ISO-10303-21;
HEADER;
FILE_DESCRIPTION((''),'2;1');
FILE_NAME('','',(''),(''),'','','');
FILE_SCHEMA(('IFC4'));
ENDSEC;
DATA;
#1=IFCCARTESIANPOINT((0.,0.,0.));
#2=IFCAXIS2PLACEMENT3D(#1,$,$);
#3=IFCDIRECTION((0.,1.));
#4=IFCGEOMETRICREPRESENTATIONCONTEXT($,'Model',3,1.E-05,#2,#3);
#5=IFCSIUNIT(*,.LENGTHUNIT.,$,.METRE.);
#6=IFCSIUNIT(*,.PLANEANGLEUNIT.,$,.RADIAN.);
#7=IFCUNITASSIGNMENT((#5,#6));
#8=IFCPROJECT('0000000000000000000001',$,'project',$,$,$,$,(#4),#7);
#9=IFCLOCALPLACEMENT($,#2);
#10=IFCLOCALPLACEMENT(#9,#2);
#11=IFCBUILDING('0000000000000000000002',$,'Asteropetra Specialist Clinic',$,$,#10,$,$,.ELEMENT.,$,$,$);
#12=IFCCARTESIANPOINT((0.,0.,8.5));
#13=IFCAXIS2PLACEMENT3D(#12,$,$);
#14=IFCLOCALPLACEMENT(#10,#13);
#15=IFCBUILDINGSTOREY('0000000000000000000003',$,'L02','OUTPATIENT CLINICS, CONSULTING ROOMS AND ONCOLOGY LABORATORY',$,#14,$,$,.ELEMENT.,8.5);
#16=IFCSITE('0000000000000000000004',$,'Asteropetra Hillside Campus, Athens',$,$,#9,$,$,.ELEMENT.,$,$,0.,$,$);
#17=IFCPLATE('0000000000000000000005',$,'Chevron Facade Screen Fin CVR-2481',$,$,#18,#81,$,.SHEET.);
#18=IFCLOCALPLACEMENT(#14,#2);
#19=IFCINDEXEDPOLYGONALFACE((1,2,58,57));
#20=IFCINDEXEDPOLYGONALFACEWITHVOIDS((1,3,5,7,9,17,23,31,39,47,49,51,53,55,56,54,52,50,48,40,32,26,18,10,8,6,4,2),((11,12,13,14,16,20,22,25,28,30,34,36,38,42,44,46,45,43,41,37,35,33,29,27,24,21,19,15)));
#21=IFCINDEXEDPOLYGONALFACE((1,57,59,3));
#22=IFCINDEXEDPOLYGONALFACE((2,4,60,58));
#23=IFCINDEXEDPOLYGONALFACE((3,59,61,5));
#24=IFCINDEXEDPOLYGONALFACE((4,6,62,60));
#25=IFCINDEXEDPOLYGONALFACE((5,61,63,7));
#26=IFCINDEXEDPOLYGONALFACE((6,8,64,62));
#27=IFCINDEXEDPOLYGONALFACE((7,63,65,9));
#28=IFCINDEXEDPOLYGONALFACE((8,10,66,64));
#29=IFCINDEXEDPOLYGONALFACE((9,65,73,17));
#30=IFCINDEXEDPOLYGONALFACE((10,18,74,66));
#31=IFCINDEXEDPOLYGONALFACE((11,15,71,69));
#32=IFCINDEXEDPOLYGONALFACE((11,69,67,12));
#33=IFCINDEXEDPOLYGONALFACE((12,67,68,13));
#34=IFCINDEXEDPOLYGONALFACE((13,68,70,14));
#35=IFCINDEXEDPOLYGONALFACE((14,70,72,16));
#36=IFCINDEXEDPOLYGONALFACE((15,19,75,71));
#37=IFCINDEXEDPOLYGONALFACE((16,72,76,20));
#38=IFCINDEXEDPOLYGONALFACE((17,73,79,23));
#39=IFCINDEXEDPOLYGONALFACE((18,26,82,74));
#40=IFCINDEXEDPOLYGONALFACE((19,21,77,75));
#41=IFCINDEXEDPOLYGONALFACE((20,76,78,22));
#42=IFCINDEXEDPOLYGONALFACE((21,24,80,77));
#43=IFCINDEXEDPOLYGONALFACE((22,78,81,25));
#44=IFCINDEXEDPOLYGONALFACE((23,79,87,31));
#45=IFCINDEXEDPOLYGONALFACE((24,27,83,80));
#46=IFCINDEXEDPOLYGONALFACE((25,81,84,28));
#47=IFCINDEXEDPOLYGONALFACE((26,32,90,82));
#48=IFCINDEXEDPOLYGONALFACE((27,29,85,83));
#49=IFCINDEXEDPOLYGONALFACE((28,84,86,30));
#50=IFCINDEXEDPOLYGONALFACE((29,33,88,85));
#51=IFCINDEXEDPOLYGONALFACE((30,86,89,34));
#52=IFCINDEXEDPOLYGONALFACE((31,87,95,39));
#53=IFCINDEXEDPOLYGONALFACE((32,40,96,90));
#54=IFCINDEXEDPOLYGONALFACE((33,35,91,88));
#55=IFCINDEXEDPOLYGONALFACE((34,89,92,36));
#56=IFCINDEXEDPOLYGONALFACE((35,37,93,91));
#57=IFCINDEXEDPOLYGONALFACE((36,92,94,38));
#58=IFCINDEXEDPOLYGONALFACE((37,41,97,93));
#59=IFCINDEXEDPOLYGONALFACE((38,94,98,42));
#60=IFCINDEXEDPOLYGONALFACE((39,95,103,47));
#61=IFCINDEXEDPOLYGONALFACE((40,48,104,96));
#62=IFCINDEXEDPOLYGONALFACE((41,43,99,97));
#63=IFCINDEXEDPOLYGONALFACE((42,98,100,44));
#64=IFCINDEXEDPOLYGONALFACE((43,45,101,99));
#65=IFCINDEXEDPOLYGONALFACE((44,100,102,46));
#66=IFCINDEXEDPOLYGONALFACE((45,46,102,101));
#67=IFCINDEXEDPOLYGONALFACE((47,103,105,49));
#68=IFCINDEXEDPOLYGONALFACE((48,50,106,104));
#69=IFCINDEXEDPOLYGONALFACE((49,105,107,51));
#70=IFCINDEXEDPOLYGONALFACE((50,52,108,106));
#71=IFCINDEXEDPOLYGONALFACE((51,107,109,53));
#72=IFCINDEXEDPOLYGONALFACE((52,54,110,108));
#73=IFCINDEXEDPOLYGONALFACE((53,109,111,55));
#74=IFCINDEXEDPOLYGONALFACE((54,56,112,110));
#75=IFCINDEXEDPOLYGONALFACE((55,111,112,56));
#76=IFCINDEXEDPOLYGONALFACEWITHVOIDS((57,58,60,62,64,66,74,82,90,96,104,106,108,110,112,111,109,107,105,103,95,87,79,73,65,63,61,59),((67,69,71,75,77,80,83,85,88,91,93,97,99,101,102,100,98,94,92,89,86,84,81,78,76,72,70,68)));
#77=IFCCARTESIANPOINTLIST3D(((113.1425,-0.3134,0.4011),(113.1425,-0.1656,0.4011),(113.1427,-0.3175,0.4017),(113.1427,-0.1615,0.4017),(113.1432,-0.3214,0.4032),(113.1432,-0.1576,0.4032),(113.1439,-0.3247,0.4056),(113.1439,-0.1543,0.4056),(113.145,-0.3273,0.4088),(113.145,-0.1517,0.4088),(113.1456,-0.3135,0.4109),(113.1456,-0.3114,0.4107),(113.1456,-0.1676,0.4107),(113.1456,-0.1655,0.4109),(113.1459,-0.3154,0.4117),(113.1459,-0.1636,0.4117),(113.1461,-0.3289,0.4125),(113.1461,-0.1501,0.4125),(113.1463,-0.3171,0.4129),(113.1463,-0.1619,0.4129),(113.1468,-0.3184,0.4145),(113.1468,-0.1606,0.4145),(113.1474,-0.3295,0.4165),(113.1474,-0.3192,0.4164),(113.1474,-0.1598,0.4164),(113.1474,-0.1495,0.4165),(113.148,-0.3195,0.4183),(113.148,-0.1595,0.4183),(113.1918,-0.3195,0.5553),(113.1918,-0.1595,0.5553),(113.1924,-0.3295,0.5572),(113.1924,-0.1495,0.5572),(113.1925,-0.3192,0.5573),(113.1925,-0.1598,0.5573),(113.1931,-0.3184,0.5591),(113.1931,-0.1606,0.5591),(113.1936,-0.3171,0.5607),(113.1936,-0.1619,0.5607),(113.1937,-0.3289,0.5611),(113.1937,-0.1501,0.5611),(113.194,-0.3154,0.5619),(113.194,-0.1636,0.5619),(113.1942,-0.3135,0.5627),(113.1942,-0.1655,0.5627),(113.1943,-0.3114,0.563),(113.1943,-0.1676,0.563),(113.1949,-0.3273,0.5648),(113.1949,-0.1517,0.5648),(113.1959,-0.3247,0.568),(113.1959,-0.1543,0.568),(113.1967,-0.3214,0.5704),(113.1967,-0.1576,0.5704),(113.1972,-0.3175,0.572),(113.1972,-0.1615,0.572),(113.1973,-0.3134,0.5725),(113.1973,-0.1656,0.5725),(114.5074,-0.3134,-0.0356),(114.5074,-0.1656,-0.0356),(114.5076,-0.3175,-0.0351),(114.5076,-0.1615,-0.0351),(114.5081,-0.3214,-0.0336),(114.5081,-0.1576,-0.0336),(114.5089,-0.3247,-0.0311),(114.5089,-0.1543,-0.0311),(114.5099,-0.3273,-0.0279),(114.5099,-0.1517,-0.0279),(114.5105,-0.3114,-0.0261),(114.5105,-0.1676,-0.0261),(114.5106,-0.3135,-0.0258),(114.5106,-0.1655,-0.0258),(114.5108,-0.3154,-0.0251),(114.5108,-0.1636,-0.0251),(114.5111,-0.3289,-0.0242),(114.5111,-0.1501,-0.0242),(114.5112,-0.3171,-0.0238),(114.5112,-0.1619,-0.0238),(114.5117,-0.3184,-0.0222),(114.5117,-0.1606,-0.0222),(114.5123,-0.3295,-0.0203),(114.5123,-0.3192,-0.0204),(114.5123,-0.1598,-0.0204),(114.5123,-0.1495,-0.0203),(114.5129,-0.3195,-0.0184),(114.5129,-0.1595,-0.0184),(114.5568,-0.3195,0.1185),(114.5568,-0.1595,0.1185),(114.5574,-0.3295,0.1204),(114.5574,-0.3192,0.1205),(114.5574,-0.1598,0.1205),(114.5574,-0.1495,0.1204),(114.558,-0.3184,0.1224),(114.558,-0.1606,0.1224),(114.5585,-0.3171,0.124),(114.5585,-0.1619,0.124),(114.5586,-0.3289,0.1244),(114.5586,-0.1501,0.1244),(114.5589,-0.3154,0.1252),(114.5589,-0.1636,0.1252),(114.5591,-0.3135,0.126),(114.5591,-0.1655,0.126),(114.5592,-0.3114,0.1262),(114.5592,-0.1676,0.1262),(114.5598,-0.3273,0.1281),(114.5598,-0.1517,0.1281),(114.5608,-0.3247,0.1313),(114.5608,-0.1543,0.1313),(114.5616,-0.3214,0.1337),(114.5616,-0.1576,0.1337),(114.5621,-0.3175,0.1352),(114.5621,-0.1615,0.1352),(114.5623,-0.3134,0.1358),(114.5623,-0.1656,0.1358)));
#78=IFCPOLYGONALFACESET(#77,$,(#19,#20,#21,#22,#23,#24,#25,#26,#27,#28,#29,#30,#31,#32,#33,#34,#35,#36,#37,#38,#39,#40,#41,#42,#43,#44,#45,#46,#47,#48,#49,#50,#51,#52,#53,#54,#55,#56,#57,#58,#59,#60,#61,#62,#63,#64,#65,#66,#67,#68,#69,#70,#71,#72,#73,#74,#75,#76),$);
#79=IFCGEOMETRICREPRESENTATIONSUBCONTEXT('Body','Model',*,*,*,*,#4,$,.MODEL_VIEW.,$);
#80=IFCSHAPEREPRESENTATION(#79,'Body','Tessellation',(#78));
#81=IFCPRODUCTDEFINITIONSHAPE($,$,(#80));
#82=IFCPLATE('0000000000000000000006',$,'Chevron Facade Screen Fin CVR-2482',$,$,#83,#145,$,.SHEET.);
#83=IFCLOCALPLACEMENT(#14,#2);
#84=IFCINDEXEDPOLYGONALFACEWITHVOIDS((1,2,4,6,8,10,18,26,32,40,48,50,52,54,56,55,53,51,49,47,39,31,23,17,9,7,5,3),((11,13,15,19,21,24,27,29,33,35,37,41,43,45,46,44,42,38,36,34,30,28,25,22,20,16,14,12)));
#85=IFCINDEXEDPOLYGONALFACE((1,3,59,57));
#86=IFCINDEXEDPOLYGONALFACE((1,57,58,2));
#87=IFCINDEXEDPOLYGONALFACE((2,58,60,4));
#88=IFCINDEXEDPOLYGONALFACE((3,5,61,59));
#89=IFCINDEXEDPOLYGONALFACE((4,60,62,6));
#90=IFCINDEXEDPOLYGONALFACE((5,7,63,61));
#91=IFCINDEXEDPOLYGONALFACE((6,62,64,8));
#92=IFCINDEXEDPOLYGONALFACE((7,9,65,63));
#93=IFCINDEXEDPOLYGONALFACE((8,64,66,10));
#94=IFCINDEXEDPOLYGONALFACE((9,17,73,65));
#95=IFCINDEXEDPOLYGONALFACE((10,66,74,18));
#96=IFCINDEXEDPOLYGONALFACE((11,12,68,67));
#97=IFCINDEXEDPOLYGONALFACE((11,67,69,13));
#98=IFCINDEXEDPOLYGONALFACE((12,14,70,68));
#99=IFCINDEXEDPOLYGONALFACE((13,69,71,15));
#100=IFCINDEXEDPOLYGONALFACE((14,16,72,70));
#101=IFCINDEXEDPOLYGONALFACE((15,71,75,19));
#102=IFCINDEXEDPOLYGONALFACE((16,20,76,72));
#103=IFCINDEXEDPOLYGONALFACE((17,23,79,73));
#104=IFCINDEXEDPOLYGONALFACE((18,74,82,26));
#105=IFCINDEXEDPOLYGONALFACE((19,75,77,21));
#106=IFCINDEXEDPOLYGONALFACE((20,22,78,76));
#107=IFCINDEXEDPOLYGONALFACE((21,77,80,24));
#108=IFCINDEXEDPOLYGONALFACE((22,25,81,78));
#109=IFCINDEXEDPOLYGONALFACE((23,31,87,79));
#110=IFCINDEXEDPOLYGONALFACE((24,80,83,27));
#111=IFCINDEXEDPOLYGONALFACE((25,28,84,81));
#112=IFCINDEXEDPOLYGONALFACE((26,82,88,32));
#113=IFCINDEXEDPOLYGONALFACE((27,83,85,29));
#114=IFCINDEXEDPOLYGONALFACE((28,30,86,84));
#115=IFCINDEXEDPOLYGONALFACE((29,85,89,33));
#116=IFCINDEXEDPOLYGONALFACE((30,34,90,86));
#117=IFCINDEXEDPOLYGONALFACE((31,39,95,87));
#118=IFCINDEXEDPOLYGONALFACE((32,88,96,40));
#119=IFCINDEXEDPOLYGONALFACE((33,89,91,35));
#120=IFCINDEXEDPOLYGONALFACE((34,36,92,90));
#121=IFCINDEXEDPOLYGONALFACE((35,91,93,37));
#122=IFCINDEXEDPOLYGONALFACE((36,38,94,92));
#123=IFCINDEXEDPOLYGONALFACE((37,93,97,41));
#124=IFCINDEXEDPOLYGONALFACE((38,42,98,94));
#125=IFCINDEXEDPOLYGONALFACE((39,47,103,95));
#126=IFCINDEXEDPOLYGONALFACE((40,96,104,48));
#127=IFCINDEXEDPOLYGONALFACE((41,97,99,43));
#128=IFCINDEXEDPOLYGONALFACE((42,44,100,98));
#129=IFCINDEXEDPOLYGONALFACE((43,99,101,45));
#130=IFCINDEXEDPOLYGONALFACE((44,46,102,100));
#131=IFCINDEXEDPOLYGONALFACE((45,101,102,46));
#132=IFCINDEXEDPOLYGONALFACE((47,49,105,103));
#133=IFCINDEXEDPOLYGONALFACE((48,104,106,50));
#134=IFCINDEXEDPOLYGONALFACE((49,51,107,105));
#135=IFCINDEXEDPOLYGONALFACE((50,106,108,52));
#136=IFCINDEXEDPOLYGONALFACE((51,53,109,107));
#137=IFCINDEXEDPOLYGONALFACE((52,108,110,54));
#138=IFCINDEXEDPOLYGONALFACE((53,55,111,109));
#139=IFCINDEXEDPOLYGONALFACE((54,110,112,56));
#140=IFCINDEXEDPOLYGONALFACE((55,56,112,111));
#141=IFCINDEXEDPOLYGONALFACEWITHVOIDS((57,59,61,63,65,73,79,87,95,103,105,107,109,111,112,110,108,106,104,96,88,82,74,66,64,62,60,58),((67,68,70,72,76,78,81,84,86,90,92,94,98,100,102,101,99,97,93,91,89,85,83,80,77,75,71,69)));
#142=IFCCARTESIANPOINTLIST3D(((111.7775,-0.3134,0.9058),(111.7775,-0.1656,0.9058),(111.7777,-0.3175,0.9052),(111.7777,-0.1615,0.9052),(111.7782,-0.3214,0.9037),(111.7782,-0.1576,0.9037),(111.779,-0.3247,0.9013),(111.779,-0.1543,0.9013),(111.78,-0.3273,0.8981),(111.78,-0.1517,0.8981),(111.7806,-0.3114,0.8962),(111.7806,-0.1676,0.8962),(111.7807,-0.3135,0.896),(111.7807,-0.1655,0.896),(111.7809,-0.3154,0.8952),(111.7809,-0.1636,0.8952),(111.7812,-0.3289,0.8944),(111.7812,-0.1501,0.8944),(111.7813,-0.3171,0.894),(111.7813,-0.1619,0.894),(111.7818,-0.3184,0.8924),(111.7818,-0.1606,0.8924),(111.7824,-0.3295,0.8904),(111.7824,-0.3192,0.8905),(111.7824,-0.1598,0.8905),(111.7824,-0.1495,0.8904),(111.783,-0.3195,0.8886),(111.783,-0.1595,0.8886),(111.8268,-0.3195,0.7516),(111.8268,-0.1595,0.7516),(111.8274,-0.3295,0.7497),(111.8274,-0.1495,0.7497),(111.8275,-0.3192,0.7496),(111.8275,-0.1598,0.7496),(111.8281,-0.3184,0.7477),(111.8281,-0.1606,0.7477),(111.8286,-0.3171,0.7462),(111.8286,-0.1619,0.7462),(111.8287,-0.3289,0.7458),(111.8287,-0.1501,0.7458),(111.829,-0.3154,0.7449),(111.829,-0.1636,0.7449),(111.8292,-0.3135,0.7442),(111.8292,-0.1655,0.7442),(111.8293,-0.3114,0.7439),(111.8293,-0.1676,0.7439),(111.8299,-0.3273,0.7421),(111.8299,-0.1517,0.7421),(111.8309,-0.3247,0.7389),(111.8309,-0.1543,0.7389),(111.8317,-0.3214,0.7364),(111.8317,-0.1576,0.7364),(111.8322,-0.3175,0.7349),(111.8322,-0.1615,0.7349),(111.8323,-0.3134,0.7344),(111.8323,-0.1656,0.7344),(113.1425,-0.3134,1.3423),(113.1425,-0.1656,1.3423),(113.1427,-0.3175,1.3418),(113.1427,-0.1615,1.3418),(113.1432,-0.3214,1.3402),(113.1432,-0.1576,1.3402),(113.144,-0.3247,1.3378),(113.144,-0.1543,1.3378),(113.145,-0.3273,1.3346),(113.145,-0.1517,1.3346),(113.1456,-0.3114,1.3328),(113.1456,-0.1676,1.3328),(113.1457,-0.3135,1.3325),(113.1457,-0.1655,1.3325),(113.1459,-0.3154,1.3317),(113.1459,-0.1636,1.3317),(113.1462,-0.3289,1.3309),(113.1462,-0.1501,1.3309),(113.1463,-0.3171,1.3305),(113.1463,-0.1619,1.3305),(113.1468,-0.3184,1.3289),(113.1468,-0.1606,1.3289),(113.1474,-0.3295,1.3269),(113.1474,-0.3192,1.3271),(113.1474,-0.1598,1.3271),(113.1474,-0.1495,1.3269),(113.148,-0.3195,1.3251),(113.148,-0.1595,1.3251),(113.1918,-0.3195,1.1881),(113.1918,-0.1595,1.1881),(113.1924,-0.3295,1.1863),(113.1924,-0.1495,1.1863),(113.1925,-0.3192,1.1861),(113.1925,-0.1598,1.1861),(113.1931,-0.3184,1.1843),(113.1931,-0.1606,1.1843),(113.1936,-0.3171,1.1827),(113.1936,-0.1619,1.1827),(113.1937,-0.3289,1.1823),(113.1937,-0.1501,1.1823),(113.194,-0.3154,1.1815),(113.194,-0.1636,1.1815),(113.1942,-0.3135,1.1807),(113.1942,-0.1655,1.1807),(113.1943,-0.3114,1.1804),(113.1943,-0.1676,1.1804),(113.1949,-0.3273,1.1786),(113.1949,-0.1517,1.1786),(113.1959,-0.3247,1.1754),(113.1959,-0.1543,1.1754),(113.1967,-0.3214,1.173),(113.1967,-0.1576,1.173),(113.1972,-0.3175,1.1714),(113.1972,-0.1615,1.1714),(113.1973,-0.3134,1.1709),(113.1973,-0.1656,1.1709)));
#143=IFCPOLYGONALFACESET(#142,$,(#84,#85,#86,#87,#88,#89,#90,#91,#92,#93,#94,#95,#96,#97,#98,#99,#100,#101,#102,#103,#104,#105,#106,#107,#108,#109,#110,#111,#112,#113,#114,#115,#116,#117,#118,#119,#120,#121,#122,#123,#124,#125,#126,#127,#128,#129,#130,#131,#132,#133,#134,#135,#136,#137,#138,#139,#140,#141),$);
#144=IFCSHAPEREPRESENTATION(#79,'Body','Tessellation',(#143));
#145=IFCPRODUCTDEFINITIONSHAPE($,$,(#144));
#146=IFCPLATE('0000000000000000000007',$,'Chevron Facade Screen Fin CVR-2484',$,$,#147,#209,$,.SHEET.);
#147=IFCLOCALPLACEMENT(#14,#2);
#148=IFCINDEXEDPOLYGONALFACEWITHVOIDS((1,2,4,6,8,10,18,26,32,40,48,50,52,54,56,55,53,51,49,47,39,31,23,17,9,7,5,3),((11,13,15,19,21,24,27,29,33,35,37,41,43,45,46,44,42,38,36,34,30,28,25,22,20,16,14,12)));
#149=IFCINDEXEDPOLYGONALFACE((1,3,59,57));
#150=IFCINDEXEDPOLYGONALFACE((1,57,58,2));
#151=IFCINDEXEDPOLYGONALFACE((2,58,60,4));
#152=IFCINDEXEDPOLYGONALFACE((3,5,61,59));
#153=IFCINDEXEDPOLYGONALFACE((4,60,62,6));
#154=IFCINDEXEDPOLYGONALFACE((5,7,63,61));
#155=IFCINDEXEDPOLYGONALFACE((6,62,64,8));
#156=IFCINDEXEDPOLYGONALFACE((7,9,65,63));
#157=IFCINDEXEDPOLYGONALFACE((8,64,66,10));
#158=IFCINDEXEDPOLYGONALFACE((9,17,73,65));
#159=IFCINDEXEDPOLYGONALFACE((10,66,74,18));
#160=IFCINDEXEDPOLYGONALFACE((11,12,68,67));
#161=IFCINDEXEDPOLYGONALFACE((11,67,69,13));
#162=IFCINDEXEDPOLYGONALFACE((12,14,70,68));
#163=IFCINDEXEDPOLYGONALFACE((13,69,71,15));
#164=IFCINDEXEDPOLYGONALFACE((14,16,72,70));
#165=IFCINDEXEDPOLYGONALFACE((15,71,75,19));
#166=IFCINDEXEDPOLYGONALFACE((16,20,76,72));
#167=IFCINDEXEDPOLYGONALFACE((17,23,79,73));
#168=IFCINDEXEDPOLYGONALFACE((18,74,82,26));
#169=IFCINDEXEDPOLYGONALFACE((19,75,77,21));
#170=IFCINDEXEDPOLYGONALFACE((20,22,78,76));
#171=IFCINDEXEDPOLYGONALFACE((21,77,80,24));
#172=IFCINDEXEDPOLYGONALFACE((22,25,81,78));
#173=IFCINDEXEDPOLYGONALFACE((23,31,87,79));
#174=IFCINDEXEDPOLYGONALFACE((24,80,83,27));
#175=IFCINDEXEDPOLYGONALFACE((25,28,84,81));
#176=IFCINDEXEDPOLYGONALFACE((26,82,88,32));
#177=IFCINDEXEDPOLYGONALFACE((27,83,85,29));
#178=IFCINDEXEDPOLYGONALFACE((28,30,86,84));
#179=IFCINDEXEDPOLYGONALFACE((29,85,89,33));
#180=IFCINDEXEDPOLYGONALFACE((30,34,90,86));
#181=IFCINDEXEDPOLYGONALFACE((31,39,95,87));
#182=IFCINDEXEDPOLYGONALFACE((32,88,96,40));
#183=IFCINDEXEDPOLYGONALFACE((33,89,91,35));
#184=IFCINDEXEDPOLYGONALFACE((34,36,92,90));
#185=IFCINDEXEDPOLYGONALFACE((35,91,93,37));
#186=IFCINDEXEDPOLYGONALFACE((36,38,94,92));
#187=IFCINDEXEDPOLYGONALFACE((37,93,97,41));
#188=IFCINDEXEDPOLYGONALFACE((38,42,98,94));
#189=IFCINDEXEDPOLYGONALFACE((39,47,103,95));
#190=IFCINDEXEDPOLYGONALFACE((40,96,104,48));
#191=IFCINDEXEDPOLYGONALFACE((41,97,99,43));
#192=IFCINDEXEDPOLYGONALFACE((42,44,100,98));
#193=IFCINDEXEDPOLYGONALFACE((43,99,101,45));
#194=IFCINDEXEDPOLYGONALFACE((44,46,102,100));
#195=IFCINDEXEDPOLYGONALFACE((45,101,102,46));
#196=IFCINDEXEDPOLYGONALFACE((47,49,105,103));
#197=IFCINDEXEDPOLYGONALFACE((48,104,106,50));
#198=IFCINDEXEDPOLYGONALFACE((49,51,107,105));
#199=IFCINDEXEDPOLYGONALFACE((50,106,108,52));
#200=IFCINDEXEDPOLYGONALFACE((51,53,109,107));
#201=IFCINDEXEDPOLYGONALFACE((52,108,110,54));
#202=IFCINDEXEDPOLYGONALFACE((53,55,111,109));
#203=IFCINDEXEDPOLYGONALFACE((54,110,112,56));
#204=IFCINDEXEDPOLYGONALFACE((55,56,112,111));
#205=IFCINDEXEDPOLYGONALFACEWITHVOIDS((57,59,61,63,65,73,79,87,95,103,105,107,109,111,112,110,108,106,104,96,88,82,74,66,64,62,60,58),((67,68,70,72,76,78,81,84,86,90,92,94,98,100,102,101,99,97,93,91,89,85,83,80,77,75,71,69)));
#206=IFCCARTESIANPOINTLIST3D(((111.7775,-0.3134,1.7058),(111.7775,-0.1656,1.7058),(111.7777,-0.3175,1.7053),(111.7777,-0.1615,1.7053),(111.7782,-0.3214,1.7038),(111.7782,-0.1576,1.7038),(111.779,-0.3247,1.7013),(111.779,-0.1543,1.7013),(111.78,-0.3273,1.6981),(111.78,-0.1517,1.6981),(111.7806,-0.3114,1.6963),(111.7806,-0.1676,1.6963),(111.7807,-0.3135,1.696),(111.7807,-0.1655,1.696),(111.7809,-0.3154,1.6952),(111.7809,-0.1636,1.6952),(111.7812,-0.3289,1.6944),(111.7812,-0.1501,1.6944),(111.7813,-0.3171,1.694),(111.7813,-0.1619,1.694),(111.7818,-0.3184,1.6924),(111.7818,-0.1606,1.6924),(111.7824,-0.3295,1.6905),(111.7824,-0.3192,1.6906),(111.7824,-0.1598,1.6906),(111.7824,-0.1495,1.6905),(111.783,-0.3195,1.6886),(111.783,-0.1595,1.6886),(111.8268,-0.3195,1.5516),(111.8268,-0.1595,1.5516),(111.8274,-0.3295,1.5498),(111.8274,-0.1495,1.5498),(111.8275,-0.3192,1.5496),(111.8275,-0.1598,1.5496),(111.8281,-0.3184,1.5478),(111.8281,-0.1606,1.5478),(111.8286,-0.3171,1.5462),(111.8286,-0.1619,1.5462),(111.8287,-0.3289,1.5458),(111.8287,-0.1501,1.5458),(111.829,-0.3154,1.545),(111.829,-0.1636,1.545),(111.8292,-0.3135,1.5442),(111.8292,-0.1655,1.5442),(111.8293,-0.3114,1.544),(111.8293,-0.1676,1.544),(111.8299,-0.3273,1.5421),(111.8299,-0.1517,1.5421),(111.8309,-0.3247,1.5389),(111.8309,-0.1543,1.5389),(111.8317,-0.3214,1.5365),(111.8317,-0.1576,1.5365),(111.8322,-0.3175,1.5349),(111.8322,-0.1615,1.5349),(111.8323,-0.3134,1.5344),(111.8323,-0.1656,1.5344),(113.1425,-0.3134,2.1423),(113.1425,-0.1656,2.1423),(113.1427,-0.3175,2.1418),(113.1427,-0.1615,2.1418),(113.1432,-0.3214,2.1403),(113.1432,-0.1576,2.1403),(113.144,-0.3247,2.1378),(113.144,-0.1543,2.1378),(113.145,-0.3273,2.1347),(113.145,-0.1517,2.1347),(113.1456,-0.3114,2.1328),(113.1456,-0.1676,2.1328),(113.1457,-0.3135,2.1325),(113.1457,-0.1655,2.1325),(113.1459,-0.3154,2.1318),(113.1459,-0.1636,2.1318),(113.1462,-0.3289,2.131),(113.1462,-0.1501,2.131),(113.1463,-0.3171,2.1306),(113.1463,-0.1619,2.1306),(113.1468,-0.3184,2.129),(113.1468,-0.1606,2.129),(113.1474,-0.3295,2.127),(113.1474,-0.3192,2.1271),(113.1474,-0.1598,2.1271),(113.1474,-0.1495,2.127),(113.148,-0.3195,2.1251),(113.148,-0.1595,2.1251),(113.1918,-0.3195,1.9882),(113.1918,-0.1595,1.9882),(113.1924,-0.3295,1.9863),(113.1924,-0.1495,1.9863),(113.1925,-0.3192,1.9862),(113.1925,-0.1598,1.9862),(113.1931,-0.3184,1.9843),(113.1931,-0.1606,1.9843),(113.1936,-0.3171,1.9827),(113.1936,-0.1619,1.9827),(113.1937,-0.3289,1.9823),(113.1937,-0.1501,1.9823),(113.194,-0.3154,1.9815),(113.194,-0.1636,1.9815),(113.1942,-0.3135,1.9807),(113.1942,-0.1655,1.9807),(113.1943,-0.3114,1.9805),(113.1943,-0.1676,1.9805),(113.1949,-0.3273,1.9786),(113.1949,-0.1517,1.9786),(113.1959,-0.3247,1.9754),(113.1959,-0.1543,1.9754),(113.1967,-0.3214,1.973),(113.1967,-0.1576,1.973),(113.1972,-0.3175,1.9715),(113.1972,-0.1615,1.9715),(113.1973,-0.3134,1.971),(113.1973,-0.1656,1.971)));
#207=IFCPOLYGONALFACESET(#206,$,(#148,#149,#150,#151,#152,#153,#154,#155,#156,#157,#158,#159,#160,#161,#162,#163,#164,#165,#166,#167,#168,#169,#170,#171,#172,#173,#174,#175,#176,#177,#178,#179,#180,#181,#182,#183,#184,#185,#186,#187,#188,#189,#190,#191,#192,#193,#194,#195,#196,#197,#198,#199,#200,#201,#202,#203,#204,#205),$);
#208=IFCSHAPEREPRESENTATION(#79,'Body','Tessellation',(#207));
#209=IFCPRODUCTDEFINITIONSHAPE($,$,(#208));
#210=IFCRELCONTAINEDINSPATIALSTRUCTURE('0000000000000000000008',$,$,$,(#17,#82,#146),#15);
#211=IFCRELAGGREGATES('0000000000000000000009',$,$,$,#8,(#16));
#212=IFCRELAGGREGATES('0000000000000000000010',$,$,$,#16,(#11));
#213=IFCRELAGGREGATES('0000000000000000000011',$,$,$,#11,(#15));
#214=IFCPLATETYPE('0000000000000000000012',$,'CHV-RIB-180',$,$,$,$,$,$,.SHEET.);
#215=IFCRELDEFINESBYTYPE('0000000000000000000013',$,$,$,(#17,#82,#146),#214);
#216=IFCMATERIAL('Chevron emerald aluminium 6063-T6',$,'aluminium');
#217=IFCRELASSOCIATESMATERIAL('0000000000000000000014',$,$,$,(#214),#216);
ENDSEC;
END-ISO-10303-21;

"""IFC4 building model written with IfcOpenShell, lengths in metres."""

from ifc_helpers import new_model, si_unit, direction, frame, origin, origin_2d, place, context, subcontext, project, spatial, hollow_rectangle, extrude, material, material_profile, profile_set, type_object, element, save


model = new_model("IFC4")

# Units and contexts
model_context = context("Model", 3, precision=1e-05, world=origin(), true_north=direction((0.0, 1.0)))
body_context = subcontext(model_context, "Body", "Model", "MODEL_VIEW")
ifc_project = project(units=[si_unit("LENGTHUNIT", "METRE"), si_unit("PLANEANGLEUNIT", "RADIAN")], contexts=[model_context])

# Site, building, storey
site_placement = place(None, origin())
site = spatial("IfcSite", under=ifc_project, at=site_placement, Name="Asteropetra Hillside Campus, Athens", CompositionType="ELEMENT", RefElevation=0.0)
building_placement = place(site_placement, origin())
building = spatial("IfcBuilding", under=site, at=building_placement, Name="Asteropetra Specialist Clinic", CompositionType="ELEMENT")
storey_placement = place(building_placement, frame((0.0, 0.0, 8.5)))
storey = spatial("IfcBuildingStorey", under=building, at=storey_placement, Name="L02", Description="OUTPATIENT CLINICS, CONSULTING ROOMS AND ONCOLOGY LABORATORY", CompositionType="ELEMENT", Elevation=8.5)

# Plates
ifc_material_1 = material(Name="Chevron emerald aluminium 6063-T6", Category="aluminium")
ifc_material_profile_1 = material_profile(ifc_material_1, hollow_rectangle(XDim=0.1799, YDim=0.1799, WallThickness=0.01, InnerFilletRadius=0.0081, OuterFilletRadius=0.0161, at=origin_2d()), Name="SHS 180x180x10.0")
ifc_profile_set_1 = profile_set([ifc_material_profile_1], Name="Chevron emerald aluminium 6063-T6")
plate_type = type_object("IfcPlateType", Name="CHV-RIB-180", PredefinedType="SHEET", material=ifc_profile_set_1)
for number, where, z_axis, x_axis, name in (
    (1, (113.1699, -0.2395, 0.4868), (0.95243, 0.0, -0.304757), (0.0, 1.0, 0.0), "Chevron Facade Screen Fin CVR-2481"),
    (2, (111.8049, -0.2395, 0.8201), (0.95248, 0.0, 0.304603), (0.0, 1.0, 0.0), "Chevron Facade Screen Fin CVR-2482"),
    (3, (111.8049, -0.2395, 1.6201), (0.95248, 0.0, 0.304603), (0.0, 1.0, 0.0), "Chevron Facade Screen Fin CVR-2484"),
):
    element("IfcPlate", number, at=place(storey_placement, frame(where, z_axis=z_axis, x_axis=x_axis)), inside=storey, type_object=plate_type, Name=name, PredefinedType="SHEET", context=body_context, shape_type="SweptSolid", body=[
        extrude(hollow_rectangle(XDim=0.1799, YDim=0.1799, WallThickness=0.01, InnerFilletRadius=0.0081, OuterFilletRadius=0.0161, at=origin_2d()), origin(), (0.0, 0.0, 1.0), 1.4331),
    ])

save(model, "model.ifc")
